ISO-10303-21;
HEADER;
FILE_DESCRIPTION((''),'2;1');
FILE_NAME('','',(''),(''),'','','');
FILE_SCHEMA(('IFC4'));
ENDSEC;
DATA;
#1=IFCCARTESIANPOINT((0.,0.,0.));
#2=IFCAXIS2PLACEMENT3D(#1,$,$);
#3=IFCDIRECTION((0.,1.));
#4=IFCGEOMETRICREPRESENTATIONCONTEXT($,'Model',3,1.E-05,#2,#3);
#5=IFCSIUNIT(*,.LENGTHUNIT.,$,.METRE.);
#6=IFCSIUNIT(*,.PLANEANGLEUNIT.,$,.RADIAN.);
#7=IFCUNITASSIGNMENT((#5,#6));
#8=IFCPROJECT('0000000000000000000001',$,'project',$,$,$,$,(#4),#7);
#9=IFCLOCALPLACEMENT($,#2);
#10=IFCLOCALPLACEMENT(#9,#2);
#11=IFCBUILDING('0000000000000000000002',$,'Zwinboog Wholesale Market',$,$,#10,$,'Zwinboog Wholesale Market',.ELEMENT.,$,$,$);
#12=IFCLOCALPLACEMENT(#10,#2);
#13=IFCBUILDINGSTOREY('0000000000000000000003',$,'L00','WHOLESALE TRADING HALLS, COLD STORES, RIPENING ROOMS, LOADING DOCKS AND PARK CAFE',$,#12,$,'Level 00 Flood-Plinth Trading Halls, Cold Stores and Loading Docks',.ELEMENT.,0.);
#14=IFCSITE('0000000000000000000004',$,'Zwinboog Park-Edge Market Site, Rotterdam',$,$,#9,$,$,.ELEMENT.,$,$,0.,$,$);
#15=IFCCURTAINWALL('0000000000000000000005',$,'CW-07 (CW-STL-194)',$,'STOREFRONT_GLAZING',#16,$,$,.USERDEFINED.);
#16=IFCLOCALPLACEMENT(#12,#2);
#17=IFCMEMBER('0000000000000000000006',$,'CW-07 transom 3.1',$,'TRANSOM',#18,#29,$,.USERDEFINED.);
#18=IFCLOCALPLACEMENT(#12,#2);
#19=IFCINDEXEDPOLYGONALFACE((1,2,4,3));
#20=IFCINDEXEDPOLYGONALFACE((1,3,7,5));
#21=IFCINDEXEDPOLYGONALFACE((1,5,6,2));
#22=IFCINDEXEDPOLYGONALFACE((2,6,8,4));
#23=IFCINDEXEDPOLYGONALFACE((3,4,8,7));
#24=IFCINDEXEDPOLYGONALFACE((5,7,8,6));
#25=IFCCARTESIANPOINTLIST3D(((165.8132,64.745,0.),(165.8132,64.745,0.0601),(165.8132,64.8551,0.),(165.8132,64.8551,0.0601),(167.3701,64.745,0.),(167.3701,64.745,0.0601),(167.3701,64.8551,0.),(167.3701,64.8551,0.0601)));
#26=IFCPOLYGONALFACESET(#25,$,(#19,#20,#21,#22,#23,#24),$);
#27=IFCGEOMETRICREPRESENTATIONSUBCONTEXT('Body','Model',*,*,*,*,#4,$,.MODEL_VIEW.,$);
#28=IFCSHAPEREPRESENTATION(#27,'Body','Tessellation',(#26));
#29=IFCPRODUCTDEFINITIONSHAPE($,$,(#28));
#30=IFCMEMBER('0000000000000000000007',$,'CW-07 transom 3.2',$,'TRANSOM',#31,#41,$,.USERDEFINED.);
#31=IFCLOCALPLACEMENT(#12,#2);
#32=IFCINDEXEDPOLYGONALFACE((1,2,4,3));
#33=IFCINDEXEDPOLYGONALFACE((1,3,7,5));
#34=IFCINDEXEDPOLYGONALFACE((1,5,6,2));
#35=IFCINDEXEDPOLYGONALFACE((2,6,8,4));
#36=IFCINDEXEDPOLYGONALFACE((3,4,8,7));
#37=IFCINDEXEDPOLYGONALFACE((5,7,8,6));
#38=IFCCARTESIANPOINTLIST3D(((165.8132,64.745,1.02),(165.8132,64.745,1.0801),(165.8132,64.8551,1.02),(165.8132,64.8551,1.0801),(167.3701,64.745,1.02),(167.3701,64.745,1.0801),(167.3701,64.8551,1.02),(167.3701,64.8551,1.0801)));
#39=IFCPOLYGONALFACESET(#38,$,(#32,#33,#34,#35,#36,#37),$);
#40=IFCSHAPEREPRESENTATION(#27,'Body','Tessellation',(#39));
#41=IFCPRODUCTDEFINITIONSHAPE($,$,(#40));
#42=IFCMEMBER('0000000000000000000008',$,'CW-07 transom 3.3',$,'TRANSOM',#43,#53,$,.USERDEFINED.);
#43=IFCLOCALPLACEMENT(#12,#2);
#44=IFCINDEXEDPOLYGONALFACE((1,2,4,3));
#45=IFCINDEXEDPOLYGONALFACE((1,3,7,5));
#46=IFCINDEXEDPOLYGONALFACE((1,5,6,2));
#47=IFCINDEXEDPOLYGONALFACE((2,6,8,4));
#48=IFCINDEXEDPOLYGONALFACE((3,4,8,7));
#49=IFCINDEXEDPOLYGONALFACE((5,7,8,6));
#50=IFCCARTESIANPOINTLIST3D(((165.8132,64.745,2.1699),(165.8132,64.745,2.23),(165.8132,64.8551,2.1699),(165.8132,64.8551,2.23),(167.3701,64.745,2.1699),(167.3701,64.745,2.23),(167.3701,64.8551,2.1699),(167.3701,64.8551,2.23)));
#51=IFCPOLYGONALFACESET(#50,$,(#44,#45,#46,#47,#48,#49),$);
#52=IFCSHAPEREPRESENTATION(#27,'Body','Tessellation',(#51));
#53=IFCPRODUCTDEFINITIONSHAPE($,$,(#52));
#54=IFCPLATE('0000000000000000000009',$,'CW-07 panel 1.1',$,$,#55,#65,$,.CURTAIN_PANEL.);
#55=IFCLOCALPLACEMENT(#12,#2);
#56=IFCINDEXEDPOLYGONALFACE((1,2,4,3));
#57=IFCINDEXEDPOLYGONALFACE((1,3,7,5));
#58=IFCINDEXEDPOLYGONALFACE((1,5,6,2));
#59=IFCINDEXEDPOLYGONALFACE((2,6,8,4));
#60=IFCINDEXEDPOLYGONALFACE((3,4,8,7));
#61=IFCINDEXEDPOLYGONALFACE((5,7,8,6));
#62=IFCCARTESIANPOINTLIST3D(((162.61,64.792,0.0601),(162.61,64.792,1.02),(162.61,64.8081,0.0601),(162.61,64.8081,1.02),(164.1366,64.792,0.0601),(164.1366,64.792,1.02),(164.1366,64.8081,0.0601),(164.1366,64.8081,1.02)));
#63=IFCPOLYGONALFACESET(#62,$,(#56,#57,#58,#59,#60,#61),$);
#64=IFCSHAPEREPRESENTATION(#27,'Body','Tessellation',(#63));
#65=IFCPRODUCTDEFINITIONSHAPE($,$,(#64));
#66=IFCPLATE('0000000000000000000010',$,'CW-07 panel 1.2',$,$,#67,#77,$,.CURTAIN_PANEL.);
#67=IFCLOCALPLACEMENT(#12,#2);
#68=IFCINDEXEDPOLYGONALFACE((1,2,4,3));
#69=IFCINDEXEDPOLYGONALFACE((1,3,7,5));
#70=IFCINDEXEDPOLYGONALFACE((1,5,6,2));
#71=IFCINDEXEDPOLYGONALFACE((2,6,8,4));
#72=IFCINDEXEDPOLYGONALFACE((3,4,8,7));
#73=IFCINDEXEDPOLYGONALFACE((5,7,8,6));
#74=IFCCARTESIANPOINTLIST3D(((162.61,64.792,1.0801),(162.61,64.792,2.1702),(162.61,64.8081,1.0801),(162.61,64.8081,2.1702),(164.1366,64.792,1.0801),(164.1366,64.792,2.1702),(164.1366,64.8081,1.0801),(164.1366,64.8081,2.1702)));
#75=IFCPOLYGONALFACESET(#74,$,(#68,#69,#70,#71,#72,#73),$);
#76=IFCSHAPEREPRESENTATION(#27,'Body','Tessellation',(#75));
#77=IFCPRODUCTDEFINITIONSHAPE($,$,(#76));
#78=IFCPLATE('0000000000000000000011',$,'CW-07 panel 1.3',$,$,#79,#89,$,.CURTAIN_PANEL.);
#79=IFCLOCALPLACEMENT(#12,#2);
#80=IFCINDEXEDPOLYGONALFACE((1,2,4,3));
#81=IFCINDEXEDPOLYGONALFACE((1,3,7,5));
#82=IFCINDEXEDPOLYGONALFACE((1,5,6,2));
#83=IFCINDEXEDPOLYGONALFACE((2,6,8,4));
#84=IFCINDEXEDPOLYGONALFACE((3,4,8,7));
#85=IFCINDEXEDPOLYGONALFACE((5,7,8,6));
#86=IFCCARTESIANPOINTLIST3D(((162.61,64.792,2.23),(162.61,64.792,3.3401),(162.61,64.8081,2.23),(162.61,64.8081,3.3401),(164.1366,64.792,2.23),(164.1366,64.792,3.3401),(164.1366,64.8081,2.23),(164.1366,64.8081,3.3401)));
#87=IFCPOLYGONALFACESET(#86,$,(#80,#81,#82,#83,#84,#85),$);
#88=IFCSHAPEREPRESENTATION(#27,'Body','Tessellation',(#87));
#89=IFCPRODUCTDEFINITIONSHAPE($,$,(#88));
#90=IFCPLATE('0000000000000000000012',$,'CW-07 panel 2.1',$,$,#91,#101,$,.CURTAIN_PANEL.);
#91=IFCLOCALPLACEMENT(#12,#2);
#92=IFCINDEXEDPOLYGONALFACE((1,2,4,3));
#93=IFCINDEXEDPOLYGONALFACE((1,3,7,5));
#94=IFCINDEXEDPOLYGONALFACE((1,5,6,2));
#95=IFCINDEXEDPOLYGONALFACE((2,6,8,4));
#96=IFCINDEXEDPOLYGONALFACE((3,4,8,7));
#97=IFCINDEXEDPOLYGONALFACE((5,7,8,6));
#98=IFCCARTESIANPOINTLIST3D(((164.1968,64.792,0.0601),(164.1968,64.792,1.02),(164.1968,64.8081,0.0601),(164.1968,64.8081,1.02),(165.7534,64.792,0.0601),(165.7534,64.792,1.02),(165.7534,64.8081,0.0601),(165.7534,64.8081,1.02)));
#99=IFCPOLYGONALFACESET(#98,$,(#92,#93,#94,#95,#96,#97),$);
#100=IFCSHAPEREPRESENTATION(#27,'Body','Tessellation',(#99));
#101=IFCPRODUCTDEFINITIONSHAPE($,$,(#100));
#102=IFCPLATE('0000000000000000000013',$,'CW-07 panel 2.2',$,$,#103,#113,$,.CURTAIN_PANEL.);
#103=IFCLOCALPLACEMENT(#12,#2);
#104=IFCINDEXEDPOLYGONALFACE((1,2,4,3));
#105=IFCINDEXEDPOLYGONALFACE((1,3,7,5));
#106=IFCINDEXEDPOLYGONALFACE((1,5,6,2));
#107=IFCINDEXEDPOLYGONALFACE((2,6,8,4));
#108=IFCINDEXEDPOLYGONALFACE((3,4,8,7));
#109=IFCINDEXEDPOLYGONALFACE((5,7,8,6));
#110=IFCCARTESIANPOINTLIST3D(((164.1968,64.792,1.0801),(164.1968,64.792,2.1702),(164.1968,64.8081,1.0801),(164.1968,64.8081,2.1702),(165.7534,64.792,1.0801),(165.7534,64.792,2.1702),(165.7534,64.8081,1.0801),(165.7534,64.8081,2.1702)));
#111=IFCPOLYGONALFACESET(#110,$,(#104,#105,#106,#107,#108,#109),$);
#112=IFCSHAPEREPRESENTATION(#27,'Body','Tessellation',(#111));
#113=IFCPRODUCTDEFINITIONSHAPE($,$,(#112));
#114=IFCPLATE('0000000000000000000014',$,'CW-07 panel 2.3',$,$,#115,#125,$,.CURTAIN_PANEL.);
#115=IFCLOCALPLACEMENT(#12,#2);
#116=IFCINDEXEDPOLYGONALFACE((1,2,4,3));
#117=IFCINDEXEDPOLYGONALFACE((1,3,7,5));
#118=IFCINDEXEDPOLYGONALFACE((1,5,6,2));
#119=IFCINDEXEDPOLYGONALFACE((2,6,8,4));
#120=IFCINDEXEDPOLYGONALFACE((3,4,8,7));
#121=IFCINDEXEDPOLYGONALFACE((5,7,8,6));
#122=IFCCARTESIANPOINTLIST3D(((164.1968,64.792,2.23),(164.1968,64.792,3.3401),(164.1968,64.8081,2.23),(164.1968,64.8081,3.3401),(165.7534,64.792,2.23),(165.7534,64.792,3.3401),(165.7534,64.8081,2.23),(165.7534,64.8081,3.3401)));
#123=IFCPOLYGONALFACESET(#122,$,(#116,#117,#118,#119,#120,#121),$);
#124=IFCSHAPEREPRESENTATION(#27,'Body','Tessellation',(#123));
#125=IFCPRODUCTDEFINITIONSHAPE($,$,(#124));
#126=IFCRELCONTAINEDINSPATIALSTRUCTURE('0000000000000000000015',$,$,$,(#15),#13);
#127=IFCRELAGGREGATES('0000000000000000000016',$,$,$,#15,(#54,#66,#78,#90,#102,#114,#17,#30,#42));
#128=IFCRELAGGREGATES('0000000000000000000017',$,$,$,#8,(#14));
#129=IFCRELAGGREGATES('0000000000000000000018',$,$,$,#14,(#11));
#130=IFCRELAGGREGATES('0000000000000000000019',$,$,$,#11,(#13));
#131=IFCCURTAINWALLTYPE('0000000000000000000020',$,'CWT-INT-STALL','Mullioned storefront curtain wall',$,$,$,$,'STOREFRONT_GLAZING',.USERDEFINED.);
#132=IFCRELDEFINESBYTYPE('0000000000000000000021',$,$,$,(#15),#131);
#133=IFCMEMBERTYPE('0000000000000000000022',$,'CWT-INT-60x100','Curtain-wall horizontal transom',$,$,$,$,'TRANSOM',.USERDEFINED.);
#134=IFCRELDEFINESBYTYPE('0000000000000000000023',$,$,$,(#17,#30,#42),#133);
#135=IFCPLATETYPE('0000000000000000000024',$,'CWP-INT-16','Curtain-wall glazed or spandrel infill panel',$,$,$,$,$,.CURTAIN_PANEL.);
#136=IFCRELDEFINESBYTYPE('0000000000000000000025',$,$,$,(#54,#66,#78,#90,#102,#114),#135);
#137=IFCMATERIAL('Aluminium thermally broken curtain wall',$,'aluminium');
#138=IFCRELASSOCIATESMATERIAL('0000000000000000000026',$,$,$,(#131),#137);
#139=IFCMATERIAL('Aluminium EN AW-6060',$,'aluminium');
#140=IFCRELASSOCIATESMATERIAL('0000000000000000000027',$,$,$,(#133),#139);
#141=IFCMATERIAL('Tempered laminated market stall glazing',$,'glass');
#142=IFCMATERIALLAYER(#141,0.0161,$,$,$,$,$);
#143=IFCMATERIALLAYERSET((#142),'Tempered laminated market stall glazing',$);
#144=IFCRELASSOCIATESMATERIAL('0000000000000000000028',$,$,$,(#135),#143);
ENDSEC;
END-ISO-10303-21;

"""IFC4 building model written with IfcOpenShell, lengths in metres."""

from ifc_helpers import new_model, si_unit, direction, frame, origin, origin_2d, place, context, subcontext, project, spatial, rectangle, extrude, material, layer, layer_set, material_profile, profile_set, type_object, element, aggregate, save


model = new_model("IFC4")

# Units and contexts
model_context = context("Model", 3, precision=1e-05, world=origin(), true_north=direction((0.0, 1.0)))
body_context = subcontext(model_context, "Body", "Model", "MODEL_VIEW")
ifc_project = project(units=[si_unit("LENGTHUNIT", "METRE"), si_unit("PLANEANGLEUNIT", "RADIAN")], contexts=[model_context])

# Site, building, storey
site_placement = place(None, origin())
site = spatial("IfcSite", under=ifc_project, at=site_placement, Name="Zwinboog Park-Edge Market Site, Rotterdam", CompositionType="ELEMENT", RefElevation=0.0)
building_placement = place(site_placement, origin())
building = spatial("IfcBuilding", under=site, at=building_placement, Name="Zwinboog Wholesale Market", LongName="Zwinboog Wholesale Market", CompositionType="ELEMENT")
storey_placement = place(building_placement, origin())
storey = spatial("IfcBuildingStorey", under=building, at=storey_placement, Name="L00", Description="WHOLESALE TRADING HALLS, COLD STORES, RIPENING ROOMS, LOADING DOCKS AND PARK CAFE", LongName="Level 00 Flood-Plinth Trading Halls, Cold Stores and Loading Docks", CompositionType="ELEMENT", Elevation=0.0)

# Curtain wall, members, plates
ifc_material_1 = material(Name="Aluminium thermally broken curtain wall", Category="aluminium")
curtain_wall_type = type_object("IfcCurtainWallType", Name="CWT-INT-STALL", Description="Mullioned storefront curtain wall", ElementType="STOREFRONT_GLAZING", PredefinedType="USERDEFINED", material=ifc_material_1)
curtain_wall_placement = place(storey_placement, origin())
curtain_wall = element("IfcCurtainWall", 1, at=curtain_wall_placement, inside=storey, type_object=curtain_wall_type, Name="CW-07 (CW-STL-194)", ObjectType="STOREFRONT_GLAZING", PredefinedType="USERDEFINED")
ifc_material_2 = material(Name="Aluminium EN AW-6060", Category="aluminium")
ifc_material_profile_1 = material_profile(ifc_material_2, rectangle(XDim=0.1101, YDim=0.0601, at=origin_2d()), Name="AL 60x110")
ifc_profile_set_1 = profile_set([ifc_material_profile_1], Name="Aluminium EN AW-6060")
member_type_1 = type_object("IfcMemberType", Name="CWT-INT-60x100", Description="Curtain-wall horizontal transom", ElementType="TRANSOM", PredefinedType="USERDEFINED", material=ifc_profile_set_1)
member_1_placement = place(storey_placement, frame((165.8132, 64.8, 0.03), z_axis=(1.0, 0.0, 0.0), x_axis=(0.0, 1.0, 0.0)))
member_1 = element("IfcMember", 2, at=member_1_placement, type_object=member_type_1, Name="CW-07 transom 3.1", ObjectType="TRANSOM", PredefinedType="USERDEFINED", context=body_context, shape_type="SweptSolid", body=[
    extrude(rectangle(XDim=0.1101, YDim=0.0601, at=origin_2d()), origin(), (0.0, 0.0, 1.0), 1.5569),
])
member_2_placement = place(storey_placement, frame((165.8132, 64.8, 1.05), z_axis=(1.0, 0.0, 0.0), x_axis=(0.0, 1.0, 0.0)))
member_2 = element("IfcMember", 3, at=member_2_placement, type_object=member_type_1, Name="CW-07 transom 3.2", ObjectType="TRANSOM", PredefinedType="USERDEFINED", context=body_context, shape_type="SweptSolid", body=[
    extrude(rectangle(XDim=0.1101, YDim=0.0601, at=origin_2d()), origin(), (0.0, 0.0, 1.0), 1.5569),
])
member_3_placement = place(storey_placement, frame((165.8132, 64.8, 2.2), z_axis=(1.0, 0.0, 0.0), x_axis=(0.0, 1.0, 0.0)))
member_3 = element("IfcMember", 4, at=member_3_placement, type_object=member_type_1, Name="CW-07 transom 3.3", ObjectType="TRANSOM", PredefinedType="USERDEFINED", context=body_context, shape_type="SweptSolid", body=[
    extrude(rectangle(XDim=0.1101, YDim=0.0601, at=origin_2d()), origin(), (0.0, 0.0, 1.0), 1.5569),
])
ifc_material_3 = material(Name="Tempered laminated market stall glazing", Category="glass")
ifc_layer = layer(ifc_material_3, 0.0161)
ifc_layer_set = layer_set([ifc_layer], Name="Tempered laminated market stall glazing")
plate_type = type_object("IfcPlateType", Name="CWP-INT-16", Description="Curtain-wall glazed or spandrel infill panel", PredefinedType="CURTAIN_PANEL", material=ifc_layer_set)
plate_1_placement = place(storey_placement, frame((163.3733, 64.8, 0.0601), z_axis=(0.0, 0.0, 1.0), x_axis=(1.0, 0.0, 0.0)))
plate_1 = element("IfcPlate", 5, at=plate_1_placement, type_object=plate_type, Name="CW-07 panel 1.1", PredefinedType="CURTAIN_PANEL", context=body_context, shape_type="SweptSolid", body=[
    extrude(rectangle(XDim=1.5266, YDim=0.0161, at=origin_2d()), origin(), (0.0, 0.0, 1.0), 0.96),
])
plate_2_placement = place(storey_placement, frame((163.3733, 64.8, 1.0801), z_axis=(0.0, 0.0, 1.0), x_axis=(1.0, 0.0, 0.0)))
plate_2 = element("IfcPlate", 6, at=plate_2_placement, type_object=plate_type, Name="CW-07 panel 1.2", PredefinedType="CURTAIN_PANEL", context=body_context, shape_type="SweptSolid", body=[
    extrude(rectangle(XDim=1.5266, YDim=0.0161, at=origin_2d()), origin(), (0.0, 0.0, 1.0), 1.0901),
])
plate_3_placement = place(storey_placement, frame((163.3733, 64.8, 2.23), z_axis=(0.0, 0.0, 1.0), x_axis=(1.0, 0.0, 0.0)))
plate_3 = element("IfcPlate", 7, at=plate_3_placement, type_object=plate_type, Name="CW-07 panel 1.3", PredefinedType="CURTAIN_PANEL", context=body_context, shape_type="SweptSolid", body=[
    extrude(rectangle(XDim=1.5266, YDim=0.0161, at=origin_2d()), origin(), (0.0, 0.0, 1.0), 1.1101),
])
plate_4_placement = place(storey_placement, frame((164.9751, 64.8, 0.0601), z_axis=(0.0, 0.0, 1.0), x_axis=(1.0, 0.0, 0.0)))
plate_4 = element("IfcPlate", 8, at=plate_4_placement, type_object=plate_type, Name="CW-07 panel 2.1", PredefinedType="CURTAIN_PANEL", context=body_context, shape_type="SweptSolid", body=[
    extrude(rectangle(XDim=1.5566, YDim=0.0161, at=origin_2d()), origin(), (0.0, 0.0, 1.0), 0.96),
])
plate_5_placement = place(storey_placement, frame((164.9751, 64.8, 1.0801), z_axis=(0.0, 0.0, 1.0), x_axis=(1.0, 0.0, 0.0)))
plate_5 = element("IfcPlate", 9, at=plate_5_placement, type_object=plate_type, Name="CW-07 panel 2.2", PredefinedType="CURTAIN_PANEL", context=body_context, shape_type="SweptSolid", body=[
    extrude(rectangle(XDim=1.5566, YDim=0.0161, at=origin_2d()), origin(), (0.0, 0.0, 1.0), 1.0901),
])
plate_6_placement = place(storey_placement, frame((164.9751, 64.8, 2.23), z_axis=(0.0, 0.0, 1.0), x_axis=(1.0, 0.0, 0.0)))
plate_6 = element("IfcPlate", 10, at=plate_6_placement, type_object=plate_type, Name="CW-07 panel 2.3", PredefinedType="CURTAIN_PANEL", context=body_context, shape_type="SweptSolid", body=[
    extrude(rectangle(XDim=1.5566, YDim=0.0161, at=origin_2d()), origin(), (0.0, 0.0, 1.0), 1.1101),
])
aggregate(curtain_wall, [plate_1, plate_2, plate_3, plate_4, plate_5, plate_6, member_1, member_2, member_3])

save(model, "model.ifc")
